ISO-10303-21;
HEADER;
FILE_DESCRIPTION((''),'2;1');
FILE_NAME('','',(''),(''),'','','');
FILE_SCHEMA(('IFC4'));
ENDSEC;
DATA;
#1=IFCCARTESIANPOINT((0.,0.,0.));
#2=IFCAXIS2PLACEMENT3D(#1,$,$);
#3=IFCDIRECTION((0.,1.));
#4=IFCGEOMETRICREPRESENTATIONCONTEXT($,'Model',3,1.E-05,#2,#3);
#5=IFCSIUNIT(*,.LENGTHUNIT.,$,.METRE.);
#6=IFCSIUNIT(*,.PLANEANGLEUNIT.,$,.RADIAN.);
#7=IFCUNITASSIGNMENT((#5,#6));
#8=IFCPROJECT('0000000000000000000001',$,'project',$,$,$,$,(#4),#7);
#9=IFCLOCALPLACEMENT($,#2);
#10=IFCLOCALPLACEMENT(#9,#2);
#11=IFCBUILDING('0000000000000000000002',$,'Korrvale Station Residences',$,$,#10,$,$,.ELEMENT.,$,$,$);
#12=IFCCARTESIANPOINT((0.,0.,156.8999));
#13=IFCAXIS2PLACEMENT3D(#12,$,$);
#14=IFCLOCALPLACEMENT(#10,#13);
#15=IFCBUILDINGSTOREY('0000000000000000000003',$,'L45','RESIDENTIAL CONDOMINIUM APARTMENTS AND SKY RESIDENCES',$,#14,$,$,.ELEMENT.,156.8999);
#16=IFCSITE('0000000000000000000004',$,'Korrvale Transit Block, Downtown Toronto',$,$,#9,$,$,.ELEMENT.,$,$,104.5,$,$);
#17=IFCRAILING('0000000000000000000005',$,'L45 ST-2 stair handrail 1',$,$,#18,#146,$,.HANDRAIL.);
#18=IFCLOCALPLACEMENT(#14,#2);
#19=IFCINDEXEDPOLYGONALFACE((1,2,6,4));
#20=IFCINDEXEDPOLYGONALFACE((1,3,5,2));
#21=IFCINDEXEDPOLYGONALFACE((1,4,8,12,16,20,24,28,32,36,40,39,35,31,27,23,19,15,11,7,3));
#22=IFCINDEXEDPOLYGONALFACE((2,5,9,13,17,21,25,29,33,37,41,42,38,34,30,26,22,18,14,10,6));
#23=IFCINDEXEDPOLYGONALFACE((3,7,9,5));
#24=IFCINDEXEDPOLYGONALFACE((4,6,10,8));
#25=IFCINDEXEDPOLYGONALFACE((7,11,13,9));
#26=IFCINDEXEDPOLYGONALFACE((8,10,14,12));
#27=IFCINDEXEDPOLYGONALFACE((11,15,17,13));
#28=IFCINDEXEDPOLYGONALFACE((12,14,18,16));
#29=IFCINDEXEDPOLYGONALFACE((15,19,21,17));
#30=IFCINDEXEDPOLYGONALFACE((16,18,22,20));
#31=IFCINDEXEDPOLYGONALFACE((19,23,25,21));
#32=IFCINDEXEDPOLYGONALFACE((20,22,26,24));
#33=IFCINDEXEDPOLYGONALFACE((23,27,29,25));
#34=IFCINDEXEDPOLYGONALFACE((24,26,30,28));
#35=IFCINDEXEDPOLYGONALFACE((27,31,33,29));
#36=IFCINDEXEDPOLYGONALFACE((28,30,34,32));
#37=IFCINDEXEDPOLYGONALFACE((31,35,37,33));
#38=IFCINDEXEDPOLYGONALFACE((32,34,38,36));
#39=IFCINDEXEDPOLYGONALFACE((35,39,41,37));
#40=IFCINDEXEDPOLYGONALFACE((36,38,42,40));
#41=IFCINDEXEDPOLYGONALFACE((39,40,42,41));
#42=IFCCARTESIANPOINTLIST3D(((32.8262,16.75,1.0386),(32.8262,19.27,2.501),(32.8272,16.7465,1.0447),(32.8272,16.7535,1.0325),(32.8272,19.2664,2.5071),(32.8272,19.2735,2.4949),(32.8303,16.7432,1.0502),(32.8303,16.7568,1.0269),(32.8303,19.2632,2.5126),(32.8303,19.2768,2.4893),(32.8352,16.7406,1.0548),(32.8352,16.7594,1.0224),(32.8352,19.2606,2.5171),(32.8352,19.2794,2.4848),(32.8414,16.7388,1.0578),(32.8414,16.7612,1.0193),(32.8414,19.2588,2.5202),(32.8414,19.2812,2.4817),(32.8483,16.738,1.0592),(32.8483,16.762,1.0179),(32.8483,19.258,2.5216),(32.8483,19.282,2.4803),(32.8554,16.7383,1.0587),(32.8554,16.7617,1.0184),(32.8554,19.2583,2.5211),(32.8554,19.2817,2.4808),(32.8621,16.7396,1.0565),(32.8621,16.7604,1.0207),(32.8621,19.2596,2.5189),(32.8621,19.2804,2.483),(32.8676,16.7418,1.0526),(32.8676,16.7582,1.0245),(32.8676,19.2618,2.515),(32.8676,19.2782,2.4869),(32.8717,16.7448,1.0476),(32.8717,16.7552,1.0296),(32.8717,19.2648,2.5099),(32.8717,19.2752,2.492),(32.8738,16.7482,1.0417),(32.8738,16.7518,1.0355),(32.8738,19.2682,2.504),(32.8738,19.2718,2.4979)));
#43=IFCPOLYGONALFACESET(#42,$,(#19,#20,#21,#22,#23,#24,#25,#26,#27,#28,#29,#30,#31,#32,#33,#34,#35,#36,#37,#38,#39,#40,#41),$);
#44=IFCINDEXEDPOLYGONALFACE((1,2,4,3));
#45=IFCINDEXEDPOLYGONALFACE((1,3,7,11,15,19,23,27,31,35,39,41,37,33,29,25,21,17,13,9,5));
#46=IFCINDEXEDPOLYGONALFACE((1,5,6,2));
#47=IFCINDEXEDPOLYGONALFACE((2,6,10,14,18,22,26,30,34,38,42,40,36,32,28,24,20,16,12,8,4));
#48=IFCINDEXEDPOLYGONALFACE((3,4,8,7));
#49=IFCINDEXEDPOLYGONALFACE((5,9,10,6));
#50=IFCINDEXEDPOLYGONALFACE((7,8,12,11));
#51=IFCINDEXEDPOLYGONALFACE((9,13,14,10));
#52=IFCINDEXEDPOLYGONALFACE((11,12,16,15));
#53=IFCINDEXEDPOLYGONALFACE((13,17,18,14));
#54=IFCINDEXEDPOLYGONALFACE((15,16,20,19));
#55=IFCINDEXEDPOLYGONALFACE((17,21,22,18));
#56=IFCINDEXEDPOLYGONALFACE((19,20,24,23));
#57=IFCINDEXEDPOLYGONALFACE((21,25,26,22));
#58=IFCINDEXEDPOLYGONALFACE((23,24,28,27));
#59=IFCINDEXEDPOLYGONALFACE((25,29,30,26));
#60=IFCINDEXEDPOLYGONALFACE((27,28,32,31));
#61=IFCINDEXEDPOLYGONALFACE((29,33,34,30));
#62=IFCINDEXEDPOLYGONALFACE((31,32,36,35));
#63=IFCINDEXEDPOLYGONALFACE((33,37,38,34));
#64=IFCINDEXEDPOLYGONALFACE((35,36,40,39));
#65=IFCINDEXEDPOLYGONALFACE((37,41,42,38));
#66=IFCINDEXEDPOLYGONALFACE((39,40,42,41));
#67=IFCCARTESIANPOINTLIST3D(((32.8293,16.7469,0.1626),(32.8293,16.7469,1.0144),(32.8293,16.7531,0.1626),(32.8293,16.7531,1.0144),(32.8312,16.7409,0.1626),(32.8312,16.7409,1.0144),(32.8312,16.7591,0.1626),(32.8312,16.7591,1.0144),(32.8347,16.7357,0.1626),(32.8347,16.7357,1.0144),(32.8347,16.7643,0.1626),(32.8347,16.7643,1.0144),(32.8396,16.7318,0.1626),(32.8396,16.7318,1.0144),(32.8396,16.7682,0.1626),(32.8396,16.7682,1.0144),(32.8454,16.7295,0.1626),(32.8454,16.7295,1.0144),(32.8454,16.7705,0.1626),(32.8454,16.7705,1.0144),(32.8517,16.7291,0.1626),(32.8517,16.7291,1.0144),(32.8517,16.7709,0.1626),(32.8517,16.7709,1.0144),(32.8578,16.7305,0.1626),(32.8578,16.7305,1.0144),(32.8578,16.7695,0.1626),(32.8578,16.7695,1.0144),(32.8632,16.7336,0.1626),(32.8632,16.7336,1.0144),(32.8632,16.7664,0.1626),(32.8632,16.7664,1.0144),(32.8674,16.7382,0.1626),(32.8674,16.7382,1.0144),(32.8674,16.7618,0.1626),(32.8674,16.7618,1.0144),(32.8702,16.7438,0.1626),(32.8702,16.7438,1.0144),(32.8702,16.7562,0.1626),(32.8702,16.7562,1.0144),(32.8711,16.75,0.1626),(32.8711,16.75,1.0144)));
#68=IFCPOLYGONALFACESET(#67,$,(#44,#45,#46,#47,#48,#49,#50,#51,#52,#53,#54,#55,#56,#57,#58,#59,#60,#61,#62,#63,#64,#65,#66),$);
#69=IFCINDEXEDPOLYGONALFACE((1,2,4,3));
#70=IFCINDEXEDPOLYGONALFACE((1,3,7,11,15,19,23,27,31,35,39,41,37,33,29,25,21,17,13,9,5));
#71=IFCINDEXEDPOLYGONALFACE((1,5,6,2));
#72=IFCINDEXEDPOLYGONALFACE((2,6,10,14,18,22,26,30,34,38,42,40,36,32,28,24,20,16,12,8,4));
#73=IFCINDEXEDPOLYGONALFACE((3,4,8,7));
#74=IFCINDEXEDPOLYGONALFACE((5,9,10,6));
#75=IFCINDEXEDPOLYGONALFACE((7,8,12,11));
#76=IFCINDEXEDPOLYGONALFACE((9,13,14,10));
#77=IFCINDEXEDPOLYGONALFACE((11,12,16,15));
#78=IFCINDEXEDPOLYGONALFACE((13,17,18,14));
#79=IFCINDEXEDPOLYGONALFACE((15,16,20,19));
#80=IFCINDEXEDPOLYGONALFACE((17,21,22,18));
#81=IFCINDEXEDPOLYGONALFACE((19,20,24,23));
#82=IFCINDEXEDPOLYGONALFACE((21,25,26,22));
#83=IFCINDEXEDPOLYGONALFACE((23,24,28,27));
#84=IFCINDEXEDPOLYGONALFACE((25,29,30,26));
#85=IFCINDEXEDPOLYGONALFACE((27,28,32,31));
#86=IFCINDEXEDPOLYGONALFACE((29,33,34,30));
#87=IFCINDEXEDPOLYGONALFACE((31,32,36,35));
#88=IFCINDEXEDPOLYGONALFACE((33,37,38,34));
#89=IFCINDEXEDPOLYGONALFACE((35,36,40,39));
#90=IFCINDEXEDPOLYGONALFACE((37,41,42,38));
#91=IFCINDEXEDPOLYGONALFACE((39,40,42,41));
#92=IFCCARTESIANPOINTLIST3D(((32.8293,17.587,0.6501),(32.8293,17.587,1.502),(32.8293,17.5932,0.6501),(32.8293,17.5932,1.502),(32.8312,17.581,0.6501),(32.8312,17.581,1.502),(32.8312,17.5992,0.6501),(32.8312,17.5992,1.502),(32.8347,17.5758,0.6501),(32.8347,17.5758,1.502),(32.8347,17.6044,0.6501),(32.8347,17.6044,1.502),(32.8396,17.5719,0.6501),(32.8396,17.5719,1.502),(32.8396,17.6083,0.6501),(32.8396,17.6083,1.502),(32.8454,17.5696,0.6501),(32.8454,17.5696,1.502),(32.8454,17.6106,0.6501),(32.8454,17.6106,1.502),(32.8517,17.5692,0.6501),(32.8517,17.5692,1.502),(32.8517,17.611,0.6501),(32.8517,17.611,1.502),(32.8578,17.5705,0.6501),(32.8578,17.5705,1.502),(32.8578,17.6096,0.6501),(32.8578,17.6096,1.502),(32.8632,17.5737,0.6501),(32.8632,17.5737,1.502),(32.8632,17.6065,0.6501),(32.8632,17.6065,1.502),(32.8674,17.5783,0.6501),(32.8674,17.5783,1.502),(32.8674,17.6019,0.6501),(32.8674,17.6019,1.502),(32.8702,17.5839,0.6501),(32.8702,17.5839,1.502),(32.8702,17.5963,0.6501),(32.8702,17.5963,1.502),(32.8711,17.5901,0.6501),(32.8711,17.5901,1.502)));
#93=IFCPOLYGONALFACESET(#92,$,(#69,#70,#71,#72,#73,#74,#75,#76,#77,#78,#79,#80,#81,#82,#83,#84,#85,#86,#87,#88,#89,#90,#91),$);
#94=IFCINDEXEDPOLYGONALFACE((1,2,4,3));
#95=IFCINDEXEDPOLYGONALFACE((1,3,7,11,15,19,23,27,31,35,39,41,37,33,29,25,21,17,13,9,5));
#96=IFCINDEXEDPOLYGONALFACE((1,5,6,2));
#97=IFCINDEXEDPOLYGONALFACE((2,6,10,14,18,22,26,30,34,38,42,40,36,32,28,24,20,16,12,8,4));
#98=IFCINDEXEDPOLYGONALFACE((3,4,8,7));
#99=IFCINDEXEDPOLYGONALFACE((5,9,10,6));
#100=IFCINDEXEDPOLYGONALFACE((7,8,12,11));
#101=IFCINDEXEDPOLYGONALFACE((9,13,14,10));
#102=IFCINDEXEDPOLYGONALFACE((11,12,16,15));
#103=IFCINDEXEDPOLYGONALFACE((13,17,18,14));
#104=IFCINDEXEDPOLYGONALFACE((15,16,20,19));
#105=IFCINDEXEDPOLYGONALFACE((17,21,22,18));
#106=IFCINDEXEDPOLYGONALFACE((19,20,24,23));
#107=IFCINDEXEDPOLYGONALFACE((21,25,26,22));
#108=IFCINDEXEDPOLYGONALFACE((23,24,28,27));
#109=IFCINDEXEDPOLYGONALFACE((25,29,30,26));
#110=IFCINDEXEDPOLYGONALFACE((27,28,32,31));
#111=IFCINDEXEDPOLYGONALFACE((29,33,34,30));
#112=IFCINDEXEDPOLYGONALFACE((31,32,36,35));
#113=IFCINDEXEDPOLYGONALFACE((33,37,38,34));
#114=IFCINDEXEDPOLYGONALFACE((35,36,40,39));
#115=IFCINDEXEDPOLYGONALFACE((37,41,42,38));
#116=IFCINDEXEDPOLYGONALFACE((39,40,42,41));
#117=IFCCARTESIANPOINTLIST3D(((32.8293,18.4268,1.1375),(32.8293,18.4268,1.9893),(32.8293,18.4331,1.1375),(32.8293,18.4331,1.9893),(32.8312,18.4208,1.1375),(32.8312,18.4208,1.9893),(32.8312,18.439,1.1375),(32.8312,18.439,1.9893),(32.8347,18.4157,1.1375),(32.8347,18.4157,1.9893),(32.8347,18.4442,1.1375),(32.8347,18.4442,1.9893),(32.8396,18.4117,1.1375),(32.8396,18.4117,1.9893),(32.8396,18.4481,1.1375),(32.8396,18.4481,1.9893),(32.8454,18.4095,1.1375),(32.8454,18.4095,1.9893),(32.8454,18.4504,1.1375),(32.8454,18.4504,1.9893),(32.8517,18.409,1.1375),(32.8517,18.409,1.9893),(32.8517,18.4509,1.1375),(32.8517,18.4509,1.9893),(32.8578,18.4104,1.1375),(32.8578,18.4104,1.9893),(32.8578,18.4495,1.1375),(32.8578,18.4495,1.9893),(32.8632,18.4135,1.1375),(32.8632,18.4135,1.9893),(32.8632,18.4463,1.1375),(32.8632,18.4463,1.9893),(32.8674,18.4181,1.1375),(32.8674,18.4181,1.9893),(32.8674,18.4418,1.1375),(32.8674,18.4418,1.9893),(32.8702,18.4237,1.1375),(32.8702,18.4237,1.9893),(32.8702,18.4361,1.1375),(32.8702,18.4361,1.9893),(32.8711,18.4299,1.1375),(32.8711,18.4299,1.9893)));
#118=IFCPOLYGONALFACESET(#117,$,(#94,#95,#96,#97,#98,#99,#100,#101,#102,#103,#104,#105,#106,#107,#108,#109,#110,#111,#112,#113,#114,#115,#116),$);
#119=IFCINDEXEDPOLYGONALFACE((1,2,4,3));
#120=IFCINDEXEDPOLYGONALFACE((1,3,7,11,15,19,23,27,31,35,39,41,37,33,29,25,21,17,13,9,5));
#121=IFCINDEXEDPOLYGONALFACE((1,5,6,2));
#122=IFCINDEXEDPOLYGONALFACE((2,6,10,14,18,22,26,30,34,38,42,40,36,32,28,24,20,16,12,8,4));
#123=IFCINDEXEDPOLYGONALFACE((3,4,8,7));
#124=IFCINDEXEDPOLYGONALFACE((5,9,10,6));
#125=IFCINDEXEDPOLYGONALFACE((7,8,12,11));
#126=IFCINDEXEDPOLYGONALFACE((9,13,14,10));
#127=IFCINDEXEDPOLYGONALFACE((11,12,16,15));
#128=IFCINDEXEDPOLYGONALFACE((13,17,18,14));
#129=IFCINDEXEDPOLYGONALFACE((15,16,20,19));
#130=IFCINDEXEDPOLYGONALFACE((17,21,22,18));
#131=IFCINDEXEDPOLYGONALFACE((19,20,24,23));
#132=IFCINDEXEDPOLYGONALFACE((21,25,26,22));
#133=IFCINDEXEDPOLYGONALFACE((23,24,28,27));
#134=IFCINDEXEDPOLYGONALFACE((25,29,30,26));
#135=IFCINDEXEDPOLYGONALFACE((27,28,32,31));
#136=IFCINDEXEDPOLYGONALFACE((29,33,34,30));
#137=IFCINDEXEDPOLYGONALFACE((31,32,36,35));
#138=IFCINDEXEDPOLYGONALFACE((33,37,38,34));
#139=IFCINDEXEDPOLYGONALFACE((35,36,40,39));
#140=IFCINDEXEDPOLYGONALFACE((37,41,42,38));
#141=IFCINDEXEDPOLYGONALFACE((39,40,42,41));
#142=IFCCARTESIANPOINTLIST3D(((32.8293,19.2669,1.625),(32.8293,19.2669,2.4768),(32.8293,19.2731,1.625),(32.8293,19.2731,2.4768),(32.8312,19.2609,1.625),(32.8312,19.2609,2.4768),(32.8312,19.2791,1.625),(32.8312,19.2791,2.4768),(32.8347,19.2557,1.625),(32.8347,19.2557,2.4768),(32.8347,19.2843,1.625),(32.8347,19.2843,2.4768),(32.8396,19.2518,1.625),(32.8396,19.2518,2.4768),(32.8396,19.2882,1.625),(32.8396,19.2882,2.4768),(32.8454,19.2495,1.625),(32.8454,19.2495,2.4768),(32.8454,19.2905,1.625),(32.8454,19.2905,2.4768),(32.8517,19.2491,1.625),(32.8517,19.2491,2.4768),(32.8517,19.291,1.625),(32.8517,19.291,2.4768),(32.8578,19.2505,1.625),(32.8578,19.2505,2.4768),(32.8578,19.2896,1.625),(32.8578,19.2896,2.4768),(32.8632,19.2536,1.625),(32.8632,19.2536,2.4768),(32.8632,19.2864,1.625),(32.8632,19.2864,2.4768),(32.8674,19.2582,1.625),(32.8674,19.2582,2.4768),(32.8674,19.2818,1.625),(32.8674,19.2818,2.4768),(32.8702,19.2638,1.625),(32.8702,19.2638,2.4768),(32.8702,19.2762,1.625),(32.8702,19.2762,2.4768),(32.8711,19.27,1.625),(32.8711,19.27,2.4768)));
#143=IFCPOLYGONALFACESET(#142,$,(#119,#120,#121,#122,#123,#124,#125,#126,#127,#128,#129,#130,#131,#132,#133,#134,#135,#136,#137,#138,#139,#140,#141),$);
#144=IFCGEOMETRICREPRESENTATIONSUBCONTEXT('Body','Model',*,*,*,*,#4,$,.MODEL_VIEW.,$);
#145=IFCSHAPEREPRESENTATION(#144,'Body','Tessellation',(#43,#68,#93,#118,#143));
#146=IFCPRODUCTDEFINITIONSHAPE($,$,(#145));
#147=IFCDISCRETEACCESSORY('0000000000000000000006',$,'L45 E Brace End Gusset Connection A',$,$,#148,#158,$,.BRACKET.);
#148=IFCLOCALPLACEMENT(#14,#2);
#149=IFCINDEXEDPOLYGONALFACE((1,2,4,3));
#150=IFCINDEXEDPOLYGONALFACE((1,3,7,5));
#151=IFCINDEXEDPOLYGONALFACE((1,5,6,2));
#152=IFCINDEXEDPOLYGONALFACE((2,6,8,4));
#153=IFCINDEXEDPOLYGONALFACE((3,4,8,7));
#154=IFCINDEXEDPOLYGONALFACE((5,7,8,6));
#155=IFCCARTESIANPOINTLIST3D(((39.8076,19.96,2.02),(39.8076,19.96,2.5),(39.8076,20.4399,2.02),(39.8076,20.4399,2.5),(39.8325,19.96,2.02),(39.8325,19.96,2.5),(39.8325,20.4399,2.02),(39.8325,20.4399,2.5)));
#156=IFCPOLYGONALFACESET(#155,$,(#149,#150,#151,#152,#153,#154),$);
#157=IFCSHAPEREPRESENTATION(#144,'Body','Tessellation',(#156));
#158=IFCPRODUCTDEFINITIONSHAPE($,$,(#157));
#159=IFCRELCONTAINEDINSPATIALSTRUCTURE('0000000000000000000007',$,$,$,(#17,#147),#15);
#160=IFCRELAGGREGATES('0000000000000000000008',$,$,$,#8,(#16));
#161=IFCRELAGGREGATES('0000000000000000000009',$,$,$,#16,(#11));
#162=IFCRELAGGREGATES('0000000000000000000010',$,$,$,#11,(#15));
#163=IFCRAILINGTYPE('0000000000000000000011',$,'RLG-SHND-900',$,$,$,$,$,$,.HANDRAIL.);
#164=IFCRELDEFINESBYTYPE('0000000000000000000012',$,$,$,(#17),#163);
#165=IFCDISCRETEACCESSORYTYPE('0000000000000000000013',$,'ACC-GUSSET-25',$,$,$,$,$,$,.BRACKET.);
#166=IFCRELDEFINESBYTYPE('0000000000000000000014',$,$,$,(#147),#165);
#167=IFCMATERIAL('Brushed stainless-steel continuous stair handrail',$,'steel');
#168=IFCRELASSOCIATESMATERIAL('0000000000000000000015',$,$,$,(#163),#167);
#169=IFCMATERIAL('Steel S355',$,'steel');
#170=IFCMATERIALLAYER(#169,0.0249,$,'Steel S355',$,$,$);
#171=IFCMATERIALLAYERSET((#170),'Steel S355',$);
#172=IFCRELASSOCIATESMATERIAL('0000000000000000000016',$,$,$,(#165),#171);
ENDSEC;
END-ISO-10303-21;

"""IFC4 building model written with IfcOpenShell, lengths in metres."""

from ifc_helpers import new_model, si_unit, direction, frame, origin, origin_2d, place, context, subcontext, project, spatial, rectangle, circle, extrude, material, layer, layer_set, type_object, element, save


model = new_model("IFC4")

# Units and contexts
model_context = context("Model", 3, precision=1e-05, world=origin(), true_north=direction((0.0, 1.0)))
body_context = subcontext(model_context, "Body", "Model", "MODEL_VIEW")
ifc_project = project(units=[si_unit("LENGTHUNIT", "METRE"), si_unit("PLANEANGLEUNIT", "RADIAN")], contexts=[model_context])

# Site, building, storey
site_placement = place(None, origin())
site = spatial("IfcSite", under=ifc_project, at=site_placement, Name="Korrvale Transit Block, Downtown Toronto", CompositionType="ELEMENT", RefElevation=104.5)
building_placement = place(site_placement, origin())
building = spatial("IfcBuilding", under=site, at=building_placement, Name="Korrvale Station Residences", CompositionType="ELEMENT")
storey_placement = place(building_placement, frame((0.0, 0.0, 156.8999)))
storey = spatial("IfcBuildingStorey", under=building, at=storey_placement, Name="L45", Description="RESIDENTIAL CONDOMINIUM APARTMENTS AND SKY RESIDENCES", CompositionType="ELEMENT", Elevation=156.8999)

# Shared definitions
ifc_material_1 = material(Name="Steel S355", Category="steel")

# Railing
ifc_material_2 = material(Name="Brushed stainless-steel continuous stair handrail", Category="steel")
railing_type = type_object("IfcRailingType", Name="RLG-SHND-900", PredefinedType="HANDRAIL", material=ifc_material_2)
railing_placement = place(storey_placement, frame((32.8501, 16.75, 0.1626)))
element("IfcRailing", 1, at=railing_placement, inside=storey, type_object=railing_type, Name="L45 ST-2 stair handrail 1", PredefinedType="HANDRAIL", context=body_context, shape_type="SweptSolid", body=[
    extrude(circle(Radius=0.0239, at=origin_2d()), frame((0.0, 0.0, 0.876), z_axis=(0.0, 0.864913, 0.501921), x_axis=(-1.0, 0.0, 0.0)), (0.0, 0.0, 1.0), 2.9136),
    extrude(circle(Radius=0.021, at=origin_2d()), origin(), (0.0, 0.0, 1.0), 0.8518),
    extrude(circle(Radius=0.021, at=origin_2d()), frame((0.0, 0.8401, 0.4875)), (0.0, 0.0, 1.0), 0.8518),
    extrude(circle(Radius=0.021, at=origin_2d()), frame((0.0, 1.6799, 0.9749)), (0.0, 0.0, 1.0), 0.8518),
    extrude(circle(Radius=0.021, at=origin_2d()), frame((0.0, 2.52, 1.4624)), (0.0, 0.0, 1.0), 0.8518),
])

# Discrete accessory
ifc_layer_1 = layer(ifc_material_1, 0.0249, Name="Steel S355")
ifc_layer_set_1 = layer_set([ifc_layer_1], Name="Steel S355")
discrete_accessory_type = type_object("IfcDiscreteAccessoryType", Name="ACC-GUSSET-25", PredefinedType="BRACKET", material=ifc_layer_set_1)
discrete_accessory_placement = place(storey_placement, frame((39.8201, 20.2, 2.02), z_axis=(0.0, 0.0, 1.0), x_axis=(0.0, 1.0, 0.0)))
element("IfcDiscreteAccessory", 2, at=discrete_accessory_placement, inside=storey, type_object=discrete_accessory_type, Name="L45 E Brace End Gusset Connection A", PredefinedType="BRACKET", context=body_context, shape_type="SweptSolid", body=[
    extrude(rectangle(XDim=0.48, YDim=0.0249, at=origin_2d()), origin(), (0.0, 0.0, 1.0), 0.48),
])

save(model, "model.ifc")
